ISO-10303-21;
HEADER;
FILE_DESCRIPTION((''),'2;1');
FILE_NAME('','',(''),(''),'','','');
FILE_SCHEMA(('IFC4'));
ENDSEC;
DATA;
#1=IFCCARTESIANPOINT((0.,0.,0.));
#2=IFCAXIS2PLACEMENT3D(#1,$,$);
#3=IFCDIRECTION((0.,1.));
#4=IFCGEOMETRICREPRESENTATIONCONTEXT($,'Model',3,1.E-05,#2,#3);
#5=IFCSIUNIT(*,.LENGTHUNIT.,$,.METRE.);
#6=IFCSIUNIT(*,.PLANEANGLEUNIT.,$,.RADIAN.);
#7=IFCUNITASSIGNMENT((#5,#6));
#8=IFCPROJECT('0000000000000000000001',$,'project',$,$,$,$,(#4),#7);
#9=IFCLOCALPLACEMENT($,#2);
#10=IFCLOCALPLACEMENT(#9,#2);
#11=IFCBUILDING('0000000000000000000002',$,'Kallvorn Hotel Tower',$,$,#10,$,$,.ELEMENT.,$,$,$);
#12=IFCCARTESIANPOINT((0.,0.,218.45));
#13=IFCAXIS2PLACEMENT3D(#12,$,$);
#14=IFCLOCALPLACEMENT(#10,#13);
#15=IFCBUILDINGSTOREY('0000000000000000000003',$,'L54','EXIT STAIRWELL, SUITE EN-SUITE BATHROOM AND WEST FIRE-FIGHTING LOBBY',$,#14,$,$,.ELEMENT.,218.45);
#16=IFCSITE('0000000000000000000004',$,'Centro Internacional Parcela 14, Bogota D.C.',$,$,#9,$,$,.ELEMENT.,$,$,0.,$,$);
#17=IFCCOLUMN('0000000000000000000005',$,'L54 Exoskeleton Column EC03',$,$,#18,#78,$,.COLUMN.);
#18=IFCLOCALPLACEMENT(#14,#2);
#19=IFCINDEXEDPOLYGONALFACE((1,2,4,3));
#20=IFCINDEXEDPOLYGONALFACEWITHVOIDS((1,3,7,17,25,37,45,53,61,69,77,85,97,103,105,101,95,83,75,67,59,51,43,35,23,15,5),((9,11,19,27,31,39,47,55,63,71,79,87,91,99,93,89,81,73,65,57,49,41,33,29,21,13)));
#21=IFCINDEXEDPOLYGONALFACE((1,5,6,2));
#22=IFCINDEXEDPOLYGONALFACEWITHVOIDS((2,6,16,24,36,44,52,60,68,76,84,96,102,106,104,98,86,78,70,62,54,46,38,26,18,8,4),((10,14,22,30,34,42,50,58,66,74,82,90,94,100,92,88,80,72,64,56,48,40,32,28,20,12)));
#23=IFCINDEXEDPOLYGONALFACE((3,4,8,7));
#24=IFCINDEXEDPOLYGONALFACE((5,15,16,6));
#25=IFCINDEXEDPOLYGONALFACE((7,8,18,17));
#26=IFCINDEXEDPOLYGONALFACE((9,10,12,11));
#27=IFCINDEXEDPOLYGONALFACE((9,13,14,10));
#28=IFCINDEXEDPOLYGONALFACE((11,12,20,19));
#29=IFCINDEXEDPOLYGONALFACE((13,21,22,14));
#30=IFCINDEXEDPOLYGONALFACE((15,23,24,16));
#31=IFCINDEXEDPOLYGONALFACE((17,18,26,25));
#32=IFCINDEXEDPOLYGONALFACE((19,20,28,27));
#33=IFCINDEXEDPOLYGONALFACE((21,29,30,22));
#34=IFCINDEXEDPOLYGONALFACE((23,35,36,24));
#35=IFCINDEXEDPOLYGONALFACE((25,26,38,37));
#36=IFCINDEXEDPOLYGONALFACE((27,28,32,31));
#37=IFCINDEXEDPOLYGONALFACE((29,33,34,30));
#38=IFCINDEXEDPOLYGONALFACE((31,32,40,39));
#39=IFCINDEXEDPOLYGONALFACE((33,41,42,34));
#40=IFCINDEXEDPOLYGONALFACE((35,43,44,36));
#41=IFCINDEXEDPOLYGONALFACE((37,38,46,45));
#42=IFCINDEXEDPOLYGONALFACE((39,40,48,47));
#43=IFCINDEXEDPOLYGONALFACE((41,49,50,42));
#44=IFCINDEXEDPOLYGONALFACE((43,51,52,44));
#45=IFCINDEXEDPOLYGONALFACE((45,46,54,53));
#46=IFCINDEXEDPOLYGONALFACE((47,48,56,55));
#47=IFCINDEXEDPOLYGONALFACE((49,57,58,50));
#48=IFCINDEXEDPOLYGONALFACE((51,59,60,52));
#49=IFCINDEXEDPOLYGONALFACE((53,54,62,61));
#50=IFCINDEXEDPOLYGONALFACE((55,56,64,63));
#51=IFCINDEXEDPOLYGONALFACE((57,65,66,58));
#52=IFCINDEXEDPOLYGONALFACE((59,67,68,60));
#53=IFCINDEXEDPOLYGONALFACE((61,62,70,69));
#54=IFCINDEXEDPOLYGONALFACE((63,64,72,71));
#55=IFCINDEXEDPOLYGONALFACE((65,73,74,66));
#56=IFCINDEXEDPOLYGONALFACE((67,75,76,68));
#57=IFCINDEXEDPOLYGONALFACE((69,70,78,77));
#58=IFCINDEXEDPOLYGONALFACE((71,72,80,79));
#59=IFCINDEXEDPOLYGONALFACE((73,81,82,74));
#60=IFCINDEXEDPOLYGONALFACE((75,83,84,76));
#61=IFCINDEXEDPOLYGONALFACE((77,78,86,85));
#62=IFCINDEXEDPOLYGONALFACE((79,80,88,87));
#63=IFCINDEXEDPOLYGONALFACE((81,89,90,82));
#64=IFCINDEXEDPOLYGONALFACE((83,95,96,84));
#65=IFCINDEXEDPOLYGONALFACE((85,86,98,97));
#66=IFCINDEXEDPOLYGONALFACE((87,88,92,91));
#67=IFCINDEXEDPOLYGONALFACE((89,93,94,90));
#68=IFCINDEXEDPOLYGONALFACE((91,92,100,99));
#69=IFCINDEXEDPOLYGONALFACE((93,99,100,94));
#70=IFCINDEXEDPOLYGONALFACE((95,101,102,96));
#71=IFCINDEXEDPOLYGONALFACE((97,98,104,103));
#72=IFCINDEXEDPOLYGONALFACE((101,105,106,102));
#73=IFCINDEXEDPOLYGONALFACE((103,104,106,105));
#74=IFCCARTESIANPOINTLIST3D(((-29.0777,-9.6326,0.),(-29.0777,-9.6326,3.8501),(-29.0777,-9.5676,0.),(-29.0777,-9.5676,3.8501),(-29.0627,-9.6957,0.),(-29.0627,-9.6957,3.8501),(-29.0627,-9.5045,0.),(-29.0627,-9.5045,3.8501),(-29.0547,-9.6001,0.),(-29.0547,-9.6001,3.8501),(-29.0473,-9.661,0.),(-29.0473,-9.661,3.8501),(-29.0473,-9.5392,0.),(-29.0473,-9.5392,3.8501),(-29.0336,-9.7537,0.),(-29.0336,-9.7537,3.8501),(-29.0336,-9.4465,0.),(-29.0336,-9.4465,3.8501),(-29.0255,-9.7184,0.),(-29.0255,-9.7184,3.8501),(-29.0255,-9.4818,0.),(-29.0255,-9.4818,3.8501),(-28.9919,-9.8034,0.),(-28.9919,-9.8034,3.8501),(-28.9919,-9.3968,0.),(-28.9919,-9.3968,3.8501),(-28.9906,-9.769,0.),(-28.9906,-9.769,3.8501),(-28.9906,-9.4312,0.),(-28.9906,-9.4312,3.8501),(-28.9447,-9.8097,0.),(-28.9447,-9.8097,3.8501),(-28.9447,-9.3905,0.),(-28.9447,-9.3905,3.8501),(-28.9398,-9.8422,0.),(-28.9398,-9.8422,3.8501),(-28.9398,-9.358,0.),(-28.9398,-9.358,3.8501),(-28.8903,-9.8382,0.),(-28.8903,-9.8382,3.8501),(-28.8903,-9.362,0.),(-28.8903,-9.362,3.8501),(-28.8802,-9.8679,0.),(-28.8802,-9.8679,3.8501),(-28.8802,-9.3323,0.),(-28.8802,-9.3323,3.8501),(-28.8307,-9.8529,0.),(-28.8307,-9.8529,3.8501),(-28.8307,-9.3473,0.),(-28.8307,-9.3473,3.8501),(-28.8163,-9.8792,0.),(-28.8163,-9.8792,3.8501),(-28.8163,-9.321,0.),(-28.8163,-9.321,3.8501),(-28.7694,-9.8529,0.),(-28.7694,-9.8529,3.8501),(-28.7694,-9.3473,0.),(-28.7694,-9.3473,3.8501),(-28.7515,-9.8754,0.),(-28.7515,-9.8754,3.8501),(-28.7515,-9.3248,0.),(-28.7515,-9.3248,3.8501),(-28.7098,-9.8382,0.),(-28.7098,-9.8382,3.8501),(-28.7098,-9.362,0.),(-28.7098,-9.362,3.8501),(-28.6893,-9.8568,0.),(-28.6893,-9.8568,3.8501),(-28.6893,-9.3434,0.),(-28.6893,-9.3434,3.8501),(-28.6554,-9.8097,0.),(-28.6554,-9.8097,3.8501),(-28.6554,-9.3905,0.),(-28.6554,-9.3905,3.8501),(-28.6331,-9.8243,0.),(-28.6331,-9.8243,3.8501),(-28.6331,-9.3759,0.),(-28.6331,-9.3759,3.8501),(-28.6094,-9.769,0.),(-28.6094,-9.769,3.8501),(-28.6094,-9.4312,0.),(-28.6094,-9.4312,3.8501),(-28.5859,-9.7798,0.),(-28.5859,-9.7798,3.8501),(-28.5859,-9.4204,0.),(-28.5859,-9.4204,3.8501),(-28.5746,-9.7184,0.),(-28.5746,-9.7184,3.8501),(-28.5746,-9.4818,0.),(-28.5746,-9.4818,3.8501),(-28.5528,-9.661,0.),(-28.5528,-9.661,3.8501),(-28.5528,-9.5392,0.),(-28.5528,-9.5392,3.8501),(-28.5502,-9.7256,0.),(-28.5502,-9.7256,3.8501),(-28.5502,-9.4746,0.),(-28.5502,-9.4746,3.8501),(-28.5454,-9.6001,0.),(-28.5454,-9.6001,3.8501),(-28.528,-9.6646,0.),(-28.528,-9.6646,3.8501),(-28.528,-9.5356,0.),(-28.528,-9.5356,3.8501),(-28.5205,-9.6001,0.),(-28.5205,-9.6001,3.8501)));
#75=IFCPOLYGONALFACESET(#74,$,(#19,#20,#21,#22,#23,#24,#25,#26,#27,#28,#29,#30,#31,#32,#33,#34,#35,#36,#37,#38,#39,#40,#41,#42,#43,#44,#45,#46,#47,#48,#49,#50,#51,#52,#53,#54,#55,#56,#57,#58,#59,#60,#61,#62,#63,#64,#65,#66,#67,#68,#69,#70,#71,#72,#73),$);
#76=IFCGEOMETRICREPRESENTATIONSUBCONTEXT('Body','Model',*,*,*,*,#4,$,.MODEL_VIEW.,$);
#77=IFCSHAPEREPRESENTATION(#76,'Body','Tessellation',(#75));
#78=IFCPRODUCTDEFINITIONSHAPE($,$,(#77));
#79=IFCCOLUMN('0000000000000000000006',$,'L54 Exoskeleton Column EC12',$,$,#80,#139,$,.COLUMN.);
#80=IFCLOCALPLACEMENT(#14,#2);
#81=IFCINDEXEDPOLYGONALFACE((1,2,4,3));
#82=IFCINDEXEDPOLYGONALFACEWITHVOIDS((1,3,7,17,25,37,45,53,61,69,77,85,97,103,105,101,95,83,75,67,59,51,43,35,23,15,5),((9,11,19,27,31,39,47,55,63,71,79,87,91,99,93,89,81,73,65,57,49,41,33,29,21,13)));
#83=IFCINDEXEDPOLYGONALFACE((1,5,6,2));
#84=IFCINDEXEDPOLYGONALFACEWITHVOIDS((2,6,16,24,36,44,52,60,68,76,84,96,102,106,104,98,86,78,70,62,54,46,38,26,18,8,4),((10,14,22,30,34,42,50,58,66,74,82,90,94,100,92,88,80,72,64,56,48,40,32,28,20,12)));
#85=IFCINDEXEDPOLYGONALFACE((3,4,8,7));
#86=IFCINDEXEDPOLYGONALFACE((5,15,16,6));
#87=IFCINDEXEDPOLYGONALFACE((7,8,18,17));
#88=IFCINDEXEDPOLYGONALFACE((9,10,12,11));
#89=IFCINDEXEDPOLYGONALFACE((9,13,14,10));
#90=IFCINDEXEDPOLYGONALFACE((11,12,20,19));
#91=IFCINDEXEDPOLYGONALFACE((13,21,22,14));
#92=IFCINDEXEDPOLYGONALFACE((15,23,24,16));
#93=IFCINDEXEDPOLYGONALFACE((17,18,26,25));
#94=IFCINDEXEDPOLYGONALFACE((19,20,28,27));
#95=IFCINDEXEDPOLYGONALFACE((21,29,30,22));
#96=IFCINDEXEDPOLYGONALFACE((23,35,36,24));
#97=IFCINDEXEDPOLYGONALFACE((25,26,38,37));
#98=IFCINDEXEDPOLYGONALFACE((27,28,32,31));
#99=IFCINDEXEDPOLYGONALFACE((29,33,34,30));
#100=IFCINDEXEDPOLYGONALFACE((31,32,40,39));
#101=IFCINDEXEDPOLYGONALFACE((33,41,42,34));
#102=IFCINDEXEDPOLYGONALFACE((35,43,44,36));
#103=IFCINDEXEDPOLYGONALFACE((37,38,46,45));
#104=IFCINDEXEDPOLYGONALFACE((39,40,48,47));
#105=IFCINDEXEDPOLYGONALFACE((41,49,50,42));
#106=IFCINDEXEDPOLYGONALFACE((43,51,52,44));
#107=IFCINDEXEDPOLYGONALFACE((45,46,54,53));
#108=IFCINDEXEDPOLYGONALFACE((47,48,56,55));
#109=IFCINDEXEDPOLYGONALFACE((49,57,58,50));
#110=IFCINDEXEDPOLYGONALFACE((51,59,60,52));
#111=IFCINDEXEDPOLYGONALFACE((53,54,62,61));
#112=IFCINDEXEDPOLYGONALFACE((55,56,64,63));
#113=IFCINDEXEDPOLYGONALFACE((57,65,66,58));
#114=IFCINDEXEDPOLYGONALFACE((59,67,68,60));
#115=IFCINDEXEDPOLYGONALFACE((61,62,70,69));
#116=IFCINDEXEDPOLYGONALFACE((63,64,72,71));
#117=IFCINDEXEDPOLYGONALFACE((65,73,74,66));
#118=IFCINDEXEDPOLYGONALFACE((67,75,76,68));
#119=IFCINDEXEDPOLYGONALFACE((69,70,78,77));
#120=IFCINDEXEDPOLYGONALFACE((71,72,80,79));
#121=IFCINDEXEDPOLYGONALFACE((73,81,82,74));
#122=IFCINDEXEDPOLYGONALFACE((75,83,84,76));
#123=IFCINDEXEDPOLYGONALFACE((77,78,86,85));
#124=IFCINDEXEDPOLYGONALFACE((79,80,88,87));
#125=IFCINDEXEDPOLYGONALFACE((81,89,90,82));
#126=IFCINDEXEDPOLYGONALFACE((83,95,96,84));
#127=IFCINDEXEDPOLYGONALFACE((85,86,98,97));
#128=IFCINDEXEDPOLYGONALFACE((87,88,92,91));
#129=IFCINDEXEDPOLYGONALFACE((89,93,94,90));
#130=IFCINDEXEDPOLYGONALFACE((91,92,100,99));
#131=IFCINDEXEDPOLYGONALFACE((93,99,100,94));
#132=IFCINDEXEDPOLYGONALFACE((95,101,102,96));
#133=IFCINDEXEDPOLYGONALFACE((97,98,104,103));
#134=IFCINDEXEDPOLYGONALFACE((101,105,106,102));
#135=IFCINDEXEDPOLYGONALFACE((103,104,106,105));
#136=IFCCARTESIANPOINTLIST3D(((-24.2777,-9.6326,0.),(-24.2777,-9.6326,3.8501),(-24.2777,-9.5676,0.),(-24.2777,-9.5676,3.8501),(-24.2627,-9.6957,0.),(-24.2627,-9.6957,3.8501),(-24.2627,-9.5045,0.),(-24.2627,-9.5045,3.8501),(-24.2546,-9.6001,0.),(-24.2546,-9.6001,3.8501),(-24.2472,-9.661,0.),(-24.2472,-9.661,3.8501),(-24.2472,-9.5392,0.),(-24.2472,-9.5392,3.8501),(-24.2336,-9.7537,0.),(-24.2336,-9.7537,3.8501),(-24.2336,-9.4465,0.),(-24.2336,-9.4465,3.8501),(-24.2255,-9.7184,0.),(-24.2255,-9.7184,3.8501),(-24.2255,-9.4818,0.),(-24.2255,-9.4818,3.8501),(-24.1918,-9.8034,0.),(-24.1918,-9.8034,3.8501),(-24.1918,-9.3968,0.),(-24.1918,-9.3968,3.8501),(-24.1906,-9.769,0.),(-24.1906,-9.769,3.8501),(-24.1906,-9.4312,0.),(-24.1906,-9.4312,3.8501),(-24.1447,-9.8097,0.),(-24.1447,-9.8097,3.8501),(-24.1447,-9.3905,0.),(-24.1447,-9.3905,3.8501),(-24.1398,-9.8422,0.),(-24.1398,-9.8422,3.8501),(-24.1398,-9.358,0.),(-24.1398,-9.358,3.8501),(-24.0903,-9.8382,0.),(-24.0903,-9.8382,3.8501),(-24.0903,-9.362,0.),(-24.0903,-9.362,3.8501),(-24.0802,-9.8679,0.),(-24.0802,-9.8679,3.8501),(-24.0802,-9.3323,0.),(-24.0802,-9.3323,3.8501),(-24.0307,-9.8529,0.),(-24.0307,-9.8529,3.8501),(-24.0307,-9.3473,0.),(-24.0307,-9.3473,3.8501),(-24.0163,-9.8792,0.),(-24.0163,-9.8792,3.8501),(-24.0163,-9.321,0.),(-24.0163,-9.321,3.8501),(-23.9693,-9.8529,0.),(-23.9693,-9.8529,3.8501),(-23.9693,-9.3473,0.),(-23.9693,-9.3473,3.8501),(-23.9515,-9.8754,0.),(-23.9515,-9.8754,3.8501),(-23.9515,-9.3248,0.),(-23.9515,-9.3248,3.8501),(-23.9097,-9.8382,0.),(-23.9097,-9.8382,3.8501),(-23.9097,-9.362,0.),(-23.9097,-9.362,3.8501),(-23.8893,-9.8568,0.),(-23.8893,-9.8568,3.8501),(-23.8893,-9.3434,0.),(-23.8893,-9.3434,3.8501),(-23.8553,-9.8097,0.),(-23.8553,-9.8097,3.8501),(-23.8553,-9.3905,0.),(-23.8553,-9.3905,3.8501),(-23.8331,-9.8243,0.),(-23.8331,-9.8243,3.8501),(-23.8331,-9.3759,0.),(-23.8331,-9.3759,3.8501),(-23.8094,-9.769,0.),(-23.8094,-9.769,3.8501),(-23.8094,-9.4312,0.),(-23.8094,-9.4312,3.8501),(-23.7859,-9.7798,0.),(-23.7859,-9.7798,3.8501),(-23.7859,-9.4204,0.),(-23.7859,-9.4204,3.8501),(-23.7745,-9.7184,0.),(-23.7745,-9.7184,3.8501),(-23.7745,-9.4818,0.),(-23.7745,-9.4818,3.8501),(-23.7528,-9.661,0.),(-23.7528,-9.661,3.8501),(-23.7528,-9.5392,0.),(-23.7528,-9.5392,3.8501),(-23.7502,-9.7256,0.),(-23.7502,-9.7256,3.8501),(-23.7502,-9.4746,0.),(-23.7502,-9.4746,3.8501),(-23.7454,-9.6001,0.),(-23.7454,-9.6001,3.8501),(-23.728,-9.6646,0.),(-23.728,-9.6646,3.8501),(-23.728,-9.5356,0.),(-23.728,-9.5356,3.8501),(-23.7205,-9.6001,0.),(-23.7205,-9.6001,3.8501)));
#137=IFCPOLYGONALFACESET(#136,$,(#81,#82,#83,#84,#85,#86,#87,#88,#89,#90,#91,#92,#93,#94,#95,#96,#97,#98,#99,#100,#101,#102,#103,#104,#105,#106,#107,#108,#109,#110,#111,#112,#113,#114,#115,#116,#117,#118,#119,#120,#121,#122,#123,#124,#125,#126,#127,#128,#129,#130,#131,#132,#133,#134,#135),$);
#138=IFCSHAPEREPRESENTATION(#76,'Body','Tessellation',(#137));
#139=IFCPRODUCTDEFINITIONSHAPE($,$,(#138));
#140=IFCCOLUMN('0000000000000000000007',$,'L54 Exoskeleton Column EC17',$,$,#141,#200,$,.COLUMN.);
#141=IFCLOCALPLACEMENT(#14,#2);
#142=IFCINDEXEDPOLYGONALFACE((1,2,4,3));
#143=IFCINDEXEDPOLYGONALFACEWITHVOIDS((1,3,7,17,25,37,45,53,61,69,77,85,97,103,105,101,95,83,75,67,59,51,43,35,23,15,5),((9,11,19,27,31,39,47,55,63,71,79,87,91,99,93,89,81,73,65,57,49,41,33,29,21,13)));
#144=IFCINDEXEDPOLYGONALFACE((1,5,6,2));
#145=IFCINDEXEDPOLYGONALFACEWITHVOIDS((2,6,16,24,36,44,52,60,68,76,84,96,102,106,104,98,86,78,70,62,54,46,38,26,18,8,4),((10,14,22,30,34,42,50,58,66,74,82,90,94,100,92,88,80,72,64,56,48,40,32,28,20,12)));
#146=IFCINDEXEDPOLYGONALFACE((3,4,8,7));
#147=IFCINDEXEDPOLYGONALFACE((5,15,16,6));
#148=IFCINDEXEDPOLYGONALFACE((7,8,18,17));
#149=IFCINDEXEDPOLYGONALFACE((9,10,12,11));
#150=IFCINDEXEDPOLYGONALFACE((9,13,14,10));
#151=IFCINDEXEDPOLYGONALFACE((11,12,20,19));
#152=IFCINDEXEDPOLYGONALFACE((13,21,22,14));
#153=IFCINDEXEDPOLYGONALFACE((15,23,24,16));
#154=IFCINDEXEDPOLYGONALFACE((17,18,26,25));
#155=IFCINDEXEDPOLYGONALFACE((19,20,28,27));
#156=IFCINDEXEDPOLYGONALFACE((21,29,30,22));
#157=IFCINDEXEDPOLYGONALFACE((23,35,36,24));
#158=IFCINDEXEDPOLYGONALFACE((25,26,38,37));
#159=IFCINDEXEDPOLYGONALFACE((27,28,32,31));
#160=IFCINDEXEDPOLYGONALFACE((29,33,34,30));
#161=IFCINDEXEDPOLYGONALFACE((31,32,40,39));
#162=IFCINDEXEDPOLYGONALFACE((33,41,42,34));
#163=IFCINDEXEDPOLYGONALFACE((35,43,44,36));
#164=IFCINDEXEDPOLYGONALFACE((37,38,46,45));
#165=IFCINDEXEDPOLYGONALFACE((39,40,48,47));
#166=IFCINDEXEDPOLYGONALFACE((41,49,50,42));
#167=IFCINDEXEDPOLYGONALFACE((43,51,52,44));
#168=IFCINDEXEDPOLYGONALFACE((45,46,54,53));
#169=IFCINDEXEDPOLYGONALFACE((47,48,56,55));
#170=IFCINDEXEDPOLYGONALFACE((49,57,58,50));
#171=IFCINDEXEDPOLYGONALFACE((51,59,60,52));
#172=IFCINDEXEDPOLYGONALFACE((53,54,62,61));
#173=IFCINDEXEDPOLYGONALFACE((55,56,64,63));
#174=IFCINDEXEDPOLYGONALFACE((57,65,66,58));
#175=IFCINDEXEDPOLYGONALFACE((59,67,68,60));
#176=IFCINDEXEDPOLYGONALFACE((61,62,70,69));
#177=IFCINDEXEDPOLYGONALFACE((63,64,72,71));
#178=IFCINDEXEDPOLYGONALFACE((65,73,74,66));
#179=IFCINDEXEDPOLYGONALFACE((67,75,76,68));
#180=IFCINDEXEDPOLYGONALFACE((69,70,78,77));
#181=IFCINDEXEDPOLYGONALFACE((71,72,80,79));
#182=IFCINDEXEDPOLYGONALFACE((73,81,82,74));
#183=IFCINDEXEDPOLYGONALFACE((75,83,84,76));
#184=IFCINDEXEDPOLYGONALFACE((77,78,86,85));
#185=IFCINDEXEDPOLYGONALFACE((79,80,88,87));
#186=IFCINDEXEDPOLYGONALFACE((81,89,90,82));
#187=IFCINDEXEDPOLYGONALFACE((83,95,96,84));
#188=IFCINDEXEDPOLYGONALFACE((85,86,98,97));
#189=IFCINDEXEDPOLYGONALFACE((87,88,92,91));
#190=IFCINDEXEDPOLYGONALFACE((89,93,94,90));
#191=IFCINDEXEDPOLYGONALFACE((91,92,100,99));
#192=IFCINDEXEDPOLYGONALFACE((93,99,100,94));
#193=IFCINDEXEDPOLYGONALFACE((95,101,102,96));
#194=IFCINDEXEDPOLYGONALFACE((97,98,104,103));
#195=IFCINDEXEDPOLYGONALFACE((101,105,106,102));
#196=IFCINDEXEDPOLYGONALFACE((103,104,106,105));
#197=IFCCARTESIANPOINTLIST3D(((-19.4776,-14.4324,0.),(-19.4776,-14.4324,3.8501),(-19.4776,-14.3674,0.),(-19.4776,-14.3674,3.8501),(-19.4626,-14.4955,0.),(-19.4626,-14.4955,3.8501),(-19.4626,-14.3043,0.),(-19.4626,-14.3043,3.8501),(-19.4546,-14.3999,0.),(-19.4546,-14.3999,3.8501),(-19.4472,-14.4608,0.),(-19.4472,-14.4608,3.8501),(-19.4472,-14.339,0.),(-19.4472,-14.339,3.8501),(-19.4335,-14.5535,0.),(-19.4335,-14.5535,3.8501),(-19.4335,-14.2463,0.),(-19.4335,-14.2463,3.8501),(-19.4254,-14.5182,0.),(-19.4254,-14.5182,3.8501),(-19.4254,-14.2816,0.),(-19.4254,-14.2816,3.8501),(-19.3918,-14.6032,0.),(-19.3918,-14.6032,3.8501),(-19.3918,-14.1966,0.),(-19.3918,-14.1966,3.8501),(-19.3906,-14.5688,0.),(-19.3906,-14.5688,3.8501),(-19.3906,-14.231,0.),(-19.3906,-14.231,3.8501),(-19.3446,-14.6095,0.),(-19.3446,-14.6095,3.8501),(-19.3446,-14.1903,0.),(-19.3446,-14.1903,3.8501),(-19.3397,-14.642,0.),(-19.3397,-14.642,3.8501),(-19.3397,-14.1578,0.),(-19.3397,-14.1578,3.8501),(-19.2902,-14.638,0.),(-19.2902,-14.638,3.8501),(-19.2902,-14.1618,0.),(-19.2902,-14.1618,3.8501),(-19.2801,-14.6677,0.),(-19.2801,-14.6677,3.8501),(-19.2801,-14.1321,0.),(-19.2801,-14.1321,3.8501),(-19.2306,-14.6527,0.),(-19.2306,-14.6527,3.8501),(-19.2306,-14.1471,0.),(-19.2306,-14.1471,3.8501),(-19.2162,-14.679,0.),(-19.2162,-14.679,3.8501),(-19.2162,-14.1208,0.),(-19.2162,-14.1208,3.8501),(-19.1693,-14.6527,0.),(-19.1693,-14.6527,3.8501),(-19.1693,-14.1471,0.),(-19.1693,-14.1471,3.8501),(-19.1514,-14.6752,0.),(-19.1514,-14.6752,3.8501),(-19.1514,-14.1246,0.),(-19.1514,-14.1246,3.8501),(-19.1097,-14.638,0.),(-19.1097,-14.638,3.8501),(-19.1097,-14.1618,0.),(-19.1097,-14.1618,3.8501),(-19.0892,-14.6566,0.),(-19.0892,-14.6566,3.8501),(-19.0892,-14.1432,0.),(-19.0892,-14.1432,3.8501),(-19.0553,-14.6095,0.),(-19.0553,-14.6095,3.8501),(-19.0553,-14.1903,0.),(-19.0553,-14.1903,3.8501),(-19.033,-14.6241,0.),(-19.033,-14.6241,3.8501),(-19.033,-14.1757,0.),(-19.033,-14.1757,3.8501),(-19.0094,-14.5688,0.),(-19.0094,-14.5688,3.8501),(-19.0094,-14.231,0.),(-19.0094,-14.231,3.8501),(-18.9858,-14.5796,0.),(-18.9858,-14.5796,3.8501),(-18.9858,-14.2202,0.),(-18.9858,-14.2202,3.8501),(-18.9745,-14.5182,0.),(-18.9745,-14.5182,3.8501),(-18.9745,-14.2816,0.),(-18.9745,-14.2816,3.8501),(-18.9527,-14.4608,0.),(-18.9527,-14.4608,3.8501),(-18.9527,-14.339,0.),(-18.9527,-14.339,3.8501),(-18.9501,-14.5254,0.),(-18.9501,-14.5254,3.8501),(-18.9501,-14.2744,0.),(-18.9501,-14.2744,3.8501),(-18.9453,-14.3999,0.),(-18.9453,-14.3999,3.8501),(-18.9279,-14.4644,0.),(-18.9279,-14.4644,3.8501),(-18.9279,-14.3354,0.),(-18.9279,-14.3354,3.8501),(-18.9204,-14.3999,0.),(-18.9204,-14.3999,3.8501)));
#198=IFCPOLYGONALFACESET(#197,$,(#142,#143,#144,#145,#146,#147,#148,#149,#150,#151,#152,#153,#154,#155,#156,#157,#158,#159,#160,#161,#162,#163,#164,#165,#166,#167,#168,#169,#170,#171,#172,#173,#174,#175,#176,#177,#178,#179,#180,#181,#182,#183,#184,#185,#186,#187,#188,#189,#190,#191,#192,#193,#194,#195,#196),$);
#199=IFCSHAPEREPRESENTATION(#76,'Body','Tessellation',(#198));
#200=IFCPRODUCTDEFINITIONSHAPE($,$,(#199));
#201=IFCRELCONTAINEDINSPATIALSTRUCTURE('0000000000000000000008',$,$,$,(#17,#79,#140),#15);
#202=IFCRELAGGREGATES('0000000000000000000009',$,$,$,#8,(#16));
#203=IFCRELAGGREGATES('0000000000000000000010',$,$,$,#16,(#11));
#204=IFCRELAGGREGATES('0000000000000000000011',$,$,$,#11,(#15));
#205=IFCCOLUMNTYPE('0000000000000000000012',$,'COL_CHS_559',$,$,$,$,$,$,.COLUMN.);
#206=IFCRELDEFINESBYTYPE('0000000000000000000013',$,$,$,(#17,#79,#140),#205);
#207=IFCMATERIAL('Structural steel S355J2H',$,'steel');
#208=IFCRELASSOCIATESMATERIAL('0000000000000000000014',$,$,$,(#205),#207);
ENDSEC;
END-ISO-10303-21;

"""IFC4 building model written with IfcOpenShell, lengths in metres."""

from ifc_helpers import new_model, si_unit, direction, frame, origin, origin_2d, place, context, subcontext, project, spatial, hollow_circle, extrude, material, material_profile, profile_set, type_object, element, save


model = new_model("IFC4")

# Units and contexts
model_context = context("Model", 3, precision=1e-05, world=origin(), true_north=direction((0.0, 1.0)))
body_context = subcontext(model_context, "Body", "Model", "MODEL_VIEW")
ifc_project = project(units=[si_unit("LENGTHUNIT", "METRE"), si_unit("PLANEANGLEUNIT", "RADIAN")], contexts=[model_context])

# Site, building, storey
site_placement = place(None, origin())
site = spatial("IfcSite", under=ifc_project, at=site_placement, Name="Centro Internacional Parcela 14, Bogota D.C.", CompositionType="ELEMENT", RefElevation=0.0)
building_placement = place(site_placement, origin())
building = spatial("IfcBuilding", under=site, at=building_placement, Name="Kallvorn Hotel Tower", CompositionType="ELEMENT")
storey_placement = place(building_placement, frame((0.0, 0.0, 218.45)))
storey = spatial("IfcBuildingStorey", under=building, at=storey_placement, Name="L54", Description="EXIT STAIRWELL, SUITE EN-SUITE BATHROOM AND WEST FIRE-FIGHTING LOBBY", CompositionType="ELEMENT", Elevation=218.45)

# Columns
ifc_material_1 = material(Name="Structural steel S355J2H", Category="steel")
ifc_material_profile_1 = material_profile(ifc_material_1, hollow_circle(Radius=0.2795, WallThickness=0.0249, at=origin_2d()), Name="CHS 559x25")
ifc_profile_set_1 = profile_set([ifc_material_profile_1], Name="Structural steel S355J2H")
column_type_1 = type_object("IfcColumnType", Name="COL_CHS_559", PredefinedType="COLUMN", material=ifc_profile_set_1)
for number, where, z_axis, x_axis, name in (
    (1, (-28.8, -9.6001, 0.0), (0.0, 0.0, 1.0), (1.0, 0.0, 0.0), "L54 Exoskeleton Column EC03"),
    (2, (-24.0, -9.6001, 0.0), (0.0, 0.0, 1.0), (1.0, 0.0, 0.0), "L54 Exoskeleton Column EC12"),
    (3, (-19.2, -14.3999, 0.0), (0.0, 0.0, 1.0), (1.0, 0.0, 0.0), "L54 Exoskeleton Column EC17"),
):
    element("IfcColumn", number, at=place(storey_placement, frame(where, z_axis=z_axis, x_axis=x_axis)), inside=storey, type_object=column_type_1, Name=name, PredefinedType="COLUMN", context=body_context, shape_type="SweptSolid", body=[
        extrude(hollow_circle(Radius=0.2795, WallThickness=0.0249, at=origin_2d()), origin(), (0.0, 0.0, 1.0), 3.8501),
    ])

save(model, "model.ifc")
